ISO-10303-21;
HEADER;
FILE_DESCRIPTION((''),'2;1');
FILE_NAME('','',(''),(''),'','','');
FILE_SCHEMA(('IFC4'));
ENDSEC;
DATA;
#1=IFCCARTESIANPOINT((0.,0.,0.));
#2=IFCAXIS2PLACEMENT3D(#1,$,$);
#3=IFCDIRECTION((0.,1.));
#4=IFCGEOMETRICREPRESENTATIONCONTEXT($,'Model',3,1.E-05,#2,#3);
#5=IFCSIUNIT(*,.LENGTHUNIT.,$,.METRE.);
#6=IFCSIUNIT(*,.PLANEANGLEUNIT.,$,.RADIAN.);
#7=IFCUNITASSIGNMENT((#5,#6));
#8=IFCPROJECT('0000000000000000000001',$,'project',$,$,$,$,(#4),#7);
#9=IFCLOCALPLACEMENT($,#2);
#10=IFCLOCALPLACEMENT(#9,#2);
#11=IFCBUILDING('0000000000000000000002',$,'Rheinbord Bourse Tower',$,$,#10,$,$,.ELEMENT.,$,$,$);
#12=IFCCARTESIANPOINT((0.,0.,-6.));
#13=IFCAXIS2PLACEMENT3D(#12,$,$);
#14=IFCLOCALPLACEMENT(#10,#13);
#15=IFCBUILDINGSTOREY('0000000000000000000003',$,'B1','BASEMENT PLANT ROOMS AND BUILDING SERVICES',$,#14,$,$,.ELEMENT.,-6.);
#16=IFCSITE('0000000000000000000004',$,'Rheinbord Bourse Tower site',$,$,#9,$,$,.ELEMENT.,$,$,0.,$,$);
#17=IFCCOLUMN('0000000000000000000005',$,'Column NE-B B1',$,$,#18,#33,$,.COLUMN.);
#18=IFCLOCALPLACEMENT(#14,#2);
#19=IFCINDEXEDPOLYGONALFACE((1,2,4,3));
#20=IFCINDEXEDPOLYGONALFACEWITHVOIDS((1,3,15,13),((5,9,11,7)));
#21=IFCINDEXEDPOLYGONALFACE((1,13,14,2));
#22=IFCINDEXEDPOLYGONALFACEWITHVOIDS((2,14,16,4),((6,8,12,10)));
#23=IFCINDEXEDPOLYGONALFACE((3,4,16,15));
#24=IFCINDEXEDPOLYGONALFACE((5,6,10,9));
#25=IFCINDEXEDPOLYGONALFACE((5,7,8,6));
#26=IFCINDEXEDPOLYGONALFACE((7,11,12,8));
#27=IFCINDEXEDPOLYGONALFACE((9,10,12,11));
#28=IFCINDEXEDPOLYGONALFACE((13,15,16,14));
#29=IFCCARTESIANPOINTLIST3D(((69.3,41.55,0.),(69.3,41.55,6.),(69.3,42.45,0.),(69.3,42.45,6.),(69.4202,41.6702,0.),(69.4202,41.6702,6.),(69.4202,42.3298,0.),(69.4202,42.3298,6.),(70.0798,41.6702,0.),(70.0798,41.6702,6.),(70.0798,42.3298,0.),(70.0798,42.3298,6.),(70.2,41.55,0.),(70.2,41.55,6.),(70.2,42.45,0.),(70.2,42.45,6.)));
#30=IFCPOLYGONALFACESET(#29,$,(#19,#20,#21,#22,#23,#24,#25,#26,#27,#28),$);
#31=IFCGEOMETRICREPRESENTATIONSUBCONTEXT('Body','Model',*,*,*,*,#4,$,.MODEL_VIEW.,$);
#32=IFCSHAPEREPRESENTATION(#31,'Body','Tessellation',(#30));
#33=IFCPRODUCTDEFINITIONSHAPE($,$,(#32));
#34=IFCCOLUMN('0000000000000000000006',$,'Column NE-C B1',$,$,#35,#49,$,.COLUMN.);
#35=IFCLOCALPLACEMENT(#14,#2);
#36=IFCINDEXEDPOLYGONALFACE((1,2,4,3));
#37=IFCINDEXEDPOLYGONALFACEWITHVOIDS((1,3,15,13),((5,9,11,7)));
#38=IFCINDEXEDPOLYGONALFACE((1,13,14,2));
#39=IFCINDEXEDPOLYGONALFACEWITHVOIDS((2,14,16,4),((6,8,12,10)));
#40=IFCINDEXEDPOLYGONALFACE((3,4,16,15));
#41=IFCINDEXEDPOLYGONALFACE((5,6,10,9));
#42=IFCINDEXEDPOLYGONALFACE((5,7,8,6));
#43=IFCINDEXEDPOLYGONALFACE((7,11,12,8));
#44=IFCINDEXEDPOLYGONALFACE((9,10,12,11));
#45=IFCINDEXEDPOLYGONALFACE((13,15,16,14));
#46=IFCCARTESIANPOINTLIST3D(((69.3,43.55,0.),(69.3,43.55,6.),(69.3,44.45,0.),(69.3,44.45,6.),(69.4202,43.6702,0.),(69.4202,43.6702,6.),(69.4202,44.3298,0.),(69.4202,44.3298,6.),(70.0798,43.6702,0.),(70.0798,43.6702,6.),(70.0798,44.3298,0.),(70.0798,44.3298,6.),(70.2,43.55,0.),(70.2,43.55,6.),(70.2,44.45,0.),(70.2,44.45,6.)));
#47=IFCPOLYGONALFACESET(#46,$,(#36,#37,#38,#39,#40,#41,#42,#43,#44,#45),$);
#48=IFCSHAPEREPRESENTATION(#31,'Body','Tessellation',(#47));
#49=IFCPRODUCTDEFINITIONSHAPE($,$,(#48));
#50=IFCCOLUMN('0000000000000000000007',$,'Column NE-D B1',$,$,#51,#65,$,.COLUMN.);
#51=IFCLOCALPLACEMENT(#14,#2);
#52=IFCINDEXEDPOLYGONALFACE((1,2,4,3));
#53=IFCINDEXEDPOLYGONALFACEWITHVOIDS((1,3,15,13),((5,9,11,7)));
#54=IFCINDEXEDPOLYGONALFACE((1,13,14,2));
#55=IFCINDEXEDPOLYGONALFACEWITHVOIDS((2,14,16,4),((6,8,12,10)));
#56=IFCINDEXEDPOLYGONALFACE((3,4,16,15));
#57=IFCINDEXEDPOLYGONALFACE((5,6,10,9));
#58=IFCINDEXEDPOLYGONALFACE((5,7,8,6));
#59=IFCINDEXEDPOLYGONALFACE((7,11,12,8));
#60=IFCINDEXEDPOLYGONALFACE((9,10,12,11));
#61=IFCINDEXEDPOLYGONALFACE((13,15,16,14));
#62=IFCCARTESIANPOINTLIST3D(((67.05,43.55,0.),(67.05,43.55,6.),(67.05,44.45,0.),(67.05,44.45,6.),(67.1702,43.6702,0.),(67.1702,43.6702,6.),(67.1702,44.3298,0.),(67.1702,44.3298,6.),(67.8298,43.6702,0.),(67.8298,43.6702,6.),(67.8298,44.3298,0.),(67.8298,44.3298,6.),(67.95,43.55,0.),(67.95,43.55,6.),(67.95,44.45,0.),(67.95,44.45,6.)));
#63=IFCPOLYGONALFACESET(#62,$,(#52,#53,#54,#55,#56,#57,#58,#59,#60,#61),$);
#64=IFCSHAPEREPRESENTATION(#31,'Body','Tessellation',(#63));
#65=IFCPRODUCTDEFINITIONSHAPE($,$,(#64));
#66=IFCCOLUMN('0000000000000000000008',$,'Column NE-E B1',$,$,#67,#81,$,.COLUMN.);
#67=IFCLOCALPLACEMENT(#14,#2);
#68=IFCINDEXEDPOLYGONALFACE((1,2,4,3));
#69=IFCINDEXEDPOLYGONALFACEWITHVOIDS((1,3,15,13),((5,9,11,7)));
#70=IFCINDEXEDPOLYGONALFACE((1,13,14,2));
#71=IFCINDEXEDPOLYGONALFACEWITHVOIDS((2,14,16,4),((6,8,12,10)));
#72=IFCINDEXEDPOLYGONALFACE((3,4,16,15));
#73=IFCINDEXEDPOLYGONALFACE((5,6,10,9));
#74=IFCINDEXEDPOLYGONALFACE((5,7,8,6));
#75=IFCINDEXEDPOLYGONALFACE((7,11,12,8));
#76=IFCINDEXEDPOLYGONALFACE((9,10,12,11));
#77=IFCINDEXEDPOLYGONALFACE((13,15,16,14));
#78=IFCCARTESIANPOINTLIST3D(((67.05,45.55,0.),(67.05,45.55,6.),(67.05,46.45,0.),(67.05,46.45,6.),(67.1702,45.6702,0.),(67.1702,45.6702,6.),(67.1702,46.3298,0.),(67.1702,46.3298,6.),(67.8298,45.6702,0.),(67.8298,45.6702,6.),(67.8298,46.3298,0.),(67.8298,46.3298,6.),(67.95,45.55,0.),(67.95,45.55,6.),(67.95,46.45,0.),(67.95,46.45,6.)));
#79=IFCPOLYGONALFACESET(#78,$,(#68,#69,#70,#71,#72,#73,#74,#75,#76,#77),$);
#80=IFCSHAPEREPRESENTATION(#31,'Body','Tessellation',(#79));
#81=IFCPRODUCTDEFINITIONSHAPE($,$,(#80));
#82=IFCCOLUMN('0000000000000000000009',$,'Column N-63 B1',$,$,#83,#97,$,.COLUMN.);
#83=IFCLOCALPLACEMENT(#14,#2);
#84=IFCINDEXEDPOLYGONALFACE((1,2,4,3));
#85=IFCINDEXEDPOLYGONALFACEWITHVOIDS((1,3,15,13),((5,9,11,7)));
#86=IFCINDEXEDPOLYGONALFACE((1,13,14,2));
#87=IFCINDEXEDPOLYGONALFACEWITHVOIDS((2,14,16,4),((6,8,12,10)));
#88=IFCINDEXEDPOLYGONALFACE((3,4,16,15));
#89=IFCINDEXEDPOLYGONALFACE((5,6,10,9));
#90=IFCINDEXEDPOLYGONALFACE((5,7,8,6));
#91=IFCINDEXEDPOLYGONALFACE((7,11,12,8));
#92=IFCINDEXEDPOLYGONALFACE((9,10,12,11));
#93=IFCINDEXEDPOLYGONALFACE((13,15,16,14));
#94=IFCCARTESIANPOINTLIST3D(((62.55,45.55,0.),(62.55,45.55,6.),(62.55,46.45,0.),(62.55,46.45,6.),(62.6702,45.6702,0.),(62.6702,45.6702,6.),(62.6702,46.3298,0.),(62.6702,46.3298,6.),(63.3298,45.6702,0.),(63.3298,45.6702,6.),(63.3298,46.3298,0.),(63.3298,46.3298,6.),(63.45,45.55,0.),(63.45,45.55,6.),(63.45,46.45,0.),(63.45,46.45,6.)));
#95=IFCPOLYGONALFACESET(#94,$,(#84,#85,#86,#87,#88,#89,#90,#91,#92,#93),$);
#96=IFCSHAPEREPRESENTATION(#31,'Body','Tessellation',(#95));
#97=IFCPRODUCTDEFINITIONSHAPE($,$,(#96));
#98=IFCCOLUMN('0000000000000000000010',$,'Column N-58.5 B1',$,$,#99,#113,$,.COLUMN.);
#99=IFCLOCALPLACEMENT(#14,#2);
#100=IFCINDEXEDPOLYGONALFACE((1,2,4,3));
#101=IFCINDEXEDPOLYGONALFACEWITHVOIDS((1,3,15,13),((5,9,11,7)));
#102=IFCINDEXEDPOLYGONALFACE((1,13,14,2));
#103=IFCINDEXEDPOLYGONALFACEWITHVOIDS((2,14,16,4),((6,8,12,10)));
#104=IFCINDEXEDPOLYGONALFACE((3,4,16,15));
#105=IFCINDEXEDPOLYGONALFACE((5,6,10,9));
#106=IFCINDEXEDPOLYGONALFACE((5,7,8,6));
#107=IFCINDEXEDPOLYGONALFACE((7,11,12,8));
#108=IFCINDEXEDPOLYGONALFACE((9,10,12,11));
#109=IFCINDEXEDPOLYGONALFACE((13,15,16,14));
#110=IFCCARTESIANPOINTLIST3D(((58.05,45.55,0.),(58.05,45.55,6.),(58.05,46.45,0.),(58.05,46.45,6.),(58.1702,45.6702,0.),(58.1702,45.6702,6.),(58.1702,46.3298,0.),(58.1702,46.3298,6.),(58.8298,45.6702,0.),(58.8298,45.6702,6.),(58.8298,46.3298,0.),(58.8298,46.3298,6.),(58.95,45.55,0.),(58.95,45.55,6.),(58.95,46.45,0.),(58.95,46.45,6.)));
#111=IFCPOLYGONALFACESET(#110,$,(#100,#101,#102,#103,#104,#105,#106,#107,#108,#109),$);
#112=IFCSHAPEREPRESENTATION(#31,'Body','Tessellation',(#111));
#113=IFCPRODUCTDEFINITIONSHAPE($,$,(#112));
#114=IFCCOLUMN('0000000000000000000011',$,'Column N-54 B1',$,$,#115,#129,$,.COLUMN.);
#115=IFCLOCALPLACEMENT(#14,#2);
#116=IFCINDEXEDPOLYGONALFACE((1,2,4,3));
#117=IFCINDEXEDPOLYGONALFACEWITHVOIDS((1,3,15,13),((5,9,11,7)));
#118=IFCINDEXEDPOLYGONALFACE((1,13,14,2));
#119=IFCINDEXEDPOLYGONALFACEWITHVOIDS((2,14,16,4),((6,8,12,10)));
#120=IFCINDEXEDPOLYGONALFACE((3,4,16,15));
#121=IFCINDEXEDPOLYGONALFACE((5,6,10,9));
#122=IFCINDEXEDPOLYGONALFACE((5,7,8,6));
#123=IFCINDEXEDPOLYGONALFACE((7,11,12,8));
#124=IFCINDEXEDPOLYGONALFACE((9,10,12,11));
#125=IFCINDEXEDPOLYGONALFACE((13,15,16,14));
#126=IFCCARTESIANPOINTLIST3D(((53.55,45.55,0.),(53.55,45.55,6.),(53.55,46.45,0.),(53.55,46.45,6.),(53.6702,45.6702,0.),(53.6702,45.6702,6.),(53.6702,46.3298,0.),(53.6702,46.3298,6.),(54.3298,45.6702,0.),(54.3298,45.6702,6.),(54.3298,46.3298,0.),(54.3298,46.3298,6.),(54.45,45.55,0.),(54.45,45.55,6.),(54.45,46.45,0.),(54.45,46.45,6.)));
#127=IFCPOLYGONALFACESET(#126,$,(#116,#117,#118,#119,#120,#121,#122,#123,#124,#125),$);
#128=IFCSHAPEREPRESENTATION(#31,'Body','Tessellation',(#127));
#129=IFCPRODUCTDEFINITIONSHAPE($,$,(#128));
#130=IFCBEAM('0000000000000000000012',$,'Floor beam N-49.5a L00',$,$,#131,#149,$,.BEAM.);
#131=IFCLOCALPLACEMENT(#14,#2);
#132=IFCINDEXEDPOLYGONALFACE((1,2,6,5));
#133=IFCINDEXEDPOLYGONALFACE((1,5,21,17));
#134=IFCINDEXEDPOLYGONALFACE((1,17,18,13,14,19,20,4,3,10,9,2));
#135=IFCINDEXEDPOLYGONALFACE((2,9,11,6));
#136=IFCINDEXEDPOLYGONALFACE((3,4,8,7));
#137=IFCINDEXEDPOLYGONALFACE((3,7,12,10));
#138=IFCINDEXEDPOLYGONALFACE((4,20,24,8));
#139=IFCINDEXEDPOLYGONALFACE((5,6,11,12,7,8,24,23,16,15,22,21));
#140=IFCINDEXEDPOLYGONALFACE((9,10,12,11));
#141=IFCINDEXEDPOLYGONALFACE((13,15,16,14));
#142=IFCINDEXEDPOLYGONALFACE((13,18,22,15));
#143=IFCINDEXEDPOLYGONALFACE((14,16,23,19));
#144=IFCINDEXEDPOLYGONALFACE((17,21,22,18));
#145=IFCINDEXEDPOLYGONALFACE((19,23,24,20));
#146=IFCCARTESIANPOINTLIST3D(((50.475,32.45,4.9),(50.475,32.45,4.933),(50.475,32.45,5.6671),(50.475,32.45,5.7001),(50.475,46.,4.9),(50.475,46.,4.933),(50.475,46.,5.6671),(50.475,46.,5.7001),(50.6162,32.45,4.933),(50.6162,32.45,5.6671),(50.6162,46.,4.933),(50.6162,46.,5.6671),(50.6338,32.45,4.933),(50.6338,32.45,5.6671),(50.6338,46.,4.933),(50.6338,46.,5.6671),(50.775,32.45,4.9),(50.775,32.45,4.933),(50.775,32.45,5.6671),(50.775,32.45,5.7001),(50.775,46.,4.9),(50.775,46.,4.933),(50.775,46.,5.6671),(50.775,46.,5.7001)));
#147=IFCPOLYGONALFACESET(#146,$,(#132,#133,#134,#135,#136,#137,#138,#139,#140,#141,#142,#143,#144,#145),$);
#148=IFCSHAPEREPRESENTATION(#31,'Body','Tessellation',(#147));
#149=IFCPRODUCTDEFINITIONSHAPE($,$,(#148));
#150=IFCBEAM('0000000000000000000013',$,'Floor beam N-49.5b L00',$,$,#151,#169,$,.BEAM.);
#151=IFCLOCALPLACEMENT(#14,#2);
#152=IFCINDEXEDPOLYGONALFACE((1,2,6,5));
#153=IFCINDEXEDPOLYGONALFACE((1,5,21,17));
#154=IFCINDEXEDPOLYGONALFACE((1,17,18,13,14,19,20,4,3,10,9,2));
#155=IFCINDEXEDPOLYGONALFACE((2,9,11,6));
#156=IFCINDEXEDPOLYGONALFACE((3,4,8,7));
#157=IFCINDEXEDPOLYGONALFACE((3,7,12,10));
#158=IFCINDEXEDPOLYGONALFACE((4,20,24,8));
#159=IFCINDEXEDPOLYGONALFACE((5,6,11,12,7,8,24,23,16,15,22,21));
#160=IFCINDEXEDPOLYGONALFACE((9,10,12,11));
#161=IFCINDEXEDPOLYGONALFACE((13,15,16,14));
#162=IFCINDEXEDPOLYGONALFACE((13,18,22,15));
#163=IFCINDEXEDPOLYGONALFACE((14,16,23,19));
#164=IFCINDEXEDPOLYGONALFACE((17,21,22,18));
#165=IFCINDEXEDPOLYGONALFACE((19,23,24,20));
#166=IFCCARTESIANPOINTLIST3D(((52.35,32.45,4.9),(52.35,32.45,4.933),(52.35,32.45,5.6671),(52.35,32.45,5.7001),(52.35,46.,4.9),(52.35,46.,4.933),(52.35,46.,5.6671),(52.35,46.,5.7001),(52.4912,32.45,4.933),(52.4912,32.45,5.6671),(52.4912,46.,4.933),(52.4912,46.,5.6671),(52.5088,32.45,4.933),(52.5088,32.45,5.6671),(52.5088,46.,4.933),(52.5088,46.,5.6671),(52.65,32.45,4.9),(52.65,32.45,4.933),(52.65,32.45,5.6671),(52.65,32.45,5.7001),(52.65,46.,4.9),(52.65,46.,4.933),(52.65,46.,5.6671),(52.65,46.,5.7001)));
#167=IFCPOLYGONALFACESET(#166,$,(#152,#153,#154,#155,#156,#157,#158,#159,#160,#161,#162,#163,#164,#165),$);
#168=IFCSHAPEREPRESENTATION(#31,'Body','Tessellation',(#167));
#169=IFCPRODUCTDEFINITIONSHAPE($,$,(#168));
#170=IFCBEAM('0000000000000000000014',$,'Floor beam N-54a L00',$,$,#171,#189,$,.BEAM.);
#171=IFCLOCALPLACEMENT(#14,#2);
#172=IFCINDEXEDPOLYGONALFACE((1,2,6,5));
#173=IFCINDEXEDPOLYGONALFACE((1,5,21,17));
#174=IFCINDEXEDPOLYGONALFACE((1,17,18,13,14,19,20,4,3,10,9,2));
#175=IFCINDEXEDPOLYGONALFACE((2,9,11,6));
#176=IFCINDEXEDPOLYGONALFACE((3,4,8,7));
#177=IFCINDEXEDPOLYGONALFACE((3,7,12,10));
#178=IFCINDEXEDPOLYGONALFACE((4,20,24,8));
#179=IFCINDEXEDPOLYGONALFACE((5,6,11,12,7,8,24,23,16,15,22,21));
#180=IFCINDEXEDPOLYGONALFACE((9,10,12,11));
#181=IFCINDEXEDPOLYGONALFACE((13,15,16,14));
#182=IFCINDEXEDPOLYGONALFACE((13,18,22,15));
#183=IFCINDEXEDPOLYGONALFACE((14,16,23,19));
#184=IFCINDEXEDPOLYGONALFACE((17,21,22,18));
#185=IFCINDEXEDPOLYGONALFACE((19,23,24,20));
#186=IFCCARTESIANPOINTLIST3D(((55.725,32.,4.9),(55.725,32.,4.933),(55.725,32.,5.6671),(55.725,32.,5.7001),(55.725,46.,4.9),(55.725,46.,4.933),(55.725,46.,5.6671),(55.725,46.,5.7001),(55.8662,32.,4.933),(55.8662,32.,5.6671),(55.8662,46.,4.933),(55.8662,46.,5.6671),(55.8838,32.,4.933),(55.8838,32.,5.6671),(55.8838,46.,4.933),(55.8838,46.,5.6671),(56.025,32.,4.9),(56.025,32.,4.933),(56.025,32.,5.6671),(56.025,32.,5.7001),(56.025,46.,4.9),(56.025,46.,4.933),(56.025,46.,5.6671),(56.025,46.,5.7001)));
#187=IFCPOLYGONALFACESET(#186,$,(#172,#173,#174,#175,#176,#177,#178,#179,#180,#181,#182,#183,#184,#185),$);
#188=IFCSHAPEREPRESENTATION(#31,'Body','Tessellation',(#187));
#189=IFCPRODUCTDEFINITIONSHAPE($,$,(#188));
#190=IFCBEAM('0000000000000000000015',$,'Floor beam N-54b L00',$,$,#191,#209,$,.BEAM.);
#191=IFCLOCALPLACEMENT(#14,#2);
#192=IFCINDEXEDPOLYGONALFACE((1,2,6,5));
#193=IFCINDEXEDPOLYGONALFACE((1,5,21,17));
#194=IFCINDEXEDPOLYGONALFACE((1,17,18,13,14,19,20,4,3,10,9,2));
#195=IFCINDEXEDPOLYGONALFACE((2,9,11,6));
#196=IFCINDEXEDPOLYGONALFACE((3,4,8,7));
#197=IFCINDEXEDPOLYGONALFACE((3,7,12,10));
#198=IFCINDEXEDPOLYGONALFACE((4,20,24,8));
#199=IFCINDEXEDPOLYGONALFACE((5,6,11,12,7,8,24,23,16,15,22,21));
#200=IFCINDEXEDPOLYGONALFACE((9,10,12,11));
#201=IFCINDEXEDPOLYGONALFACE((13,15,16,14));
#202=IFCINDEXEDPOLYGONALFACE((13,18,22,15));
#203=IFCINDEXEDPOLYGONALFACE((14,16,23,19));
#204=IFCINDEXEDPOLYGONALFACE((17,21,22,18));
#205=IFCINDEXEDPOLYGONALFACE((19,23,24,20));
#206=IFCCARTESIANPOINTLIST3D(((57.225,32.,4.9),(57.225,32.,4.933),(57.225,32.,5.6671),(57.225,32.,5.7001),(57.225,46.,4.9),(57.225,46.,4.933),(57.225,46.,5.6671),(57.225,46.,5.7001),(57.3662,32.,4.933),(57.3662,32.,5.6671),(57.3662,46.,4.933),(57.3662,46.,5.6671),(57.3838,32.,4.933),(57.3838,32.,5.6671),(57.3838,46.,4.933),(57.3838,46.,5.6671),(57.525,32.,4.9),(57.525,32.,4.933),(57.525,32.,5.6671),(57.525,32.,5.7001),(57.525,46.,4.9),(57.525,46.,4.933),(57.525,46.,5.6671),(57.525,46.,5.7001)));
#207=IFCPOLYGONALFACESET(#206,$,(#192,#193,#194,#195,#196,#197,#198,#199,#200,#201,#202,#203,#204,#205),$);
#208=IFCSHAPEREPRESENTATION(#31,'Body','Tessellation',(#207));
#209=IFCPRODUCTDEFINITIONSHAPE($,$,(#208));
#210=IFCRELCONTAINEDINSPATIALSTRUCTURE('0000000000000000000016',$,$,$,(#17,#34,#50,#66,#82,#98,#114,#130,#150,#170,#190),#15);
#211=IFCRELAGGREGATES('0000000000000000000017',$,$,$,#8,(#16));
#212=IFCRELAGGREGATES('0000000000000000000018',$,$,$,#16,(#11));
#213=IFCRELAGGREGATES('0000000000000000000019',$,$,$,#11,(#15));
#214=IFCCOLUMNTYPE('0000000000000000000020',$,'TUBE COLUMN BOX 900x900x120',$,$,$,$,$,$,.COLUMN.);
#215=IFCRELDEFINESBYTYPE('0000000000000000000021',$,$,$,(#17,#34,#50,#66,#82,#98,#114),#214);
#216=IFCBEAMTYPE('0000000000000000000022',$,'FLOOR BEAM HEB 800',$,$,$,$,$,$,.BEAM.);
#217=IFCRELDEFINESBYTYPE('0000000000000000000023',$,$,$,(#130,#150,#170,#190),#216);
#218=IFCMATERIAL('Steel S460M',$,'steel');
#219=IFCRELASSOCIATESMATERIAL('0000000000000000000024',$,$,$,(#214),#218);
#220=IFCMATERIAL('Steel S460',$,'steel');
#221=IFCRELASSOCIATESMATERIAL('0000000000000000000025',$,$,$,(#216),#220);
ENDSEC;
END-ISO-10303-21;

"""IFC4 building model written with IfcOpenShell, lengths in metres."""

from ifc_helpers import new_model, si_unit, direction, frame, origin, origin_2d, place, context, subcontext, project, spatial, hollow_rectangle, i_section, extrude, material, material_profile, profile_set, type_object, element, save


model = new_model("IFC4")

# Units and contexts
model_context = context("Model", 3, precision=1e-05, world=origin(), true_north=direction((0.0, 1.0)))
body_context = subcontext(model_context, "Body", "Model", "MODEL_VIEW")
ifc_project = project(units=[si_unit("LENGTHUNIT", "METRE"), si_unit("PLANEANGLEUNIT", "RADIAN")], contexts=[model_context])

# Site, building, storey
site_placement = place(None, origin())
site = spatial("IfcSite", under=ifc_project, at=site_placement, Name="Rheinbord Bourse Tower site", CompositionType="ELEMENT", RefElevation=0.0)
building_placement = place(site_placement, origin())
building = spatial("IfcBuilding", under=site, at=building_placement, Name="Rheinbord Bourse Tower", CompositionType="ELEMENT")
storey_placement = place(building_placement, frame((0.0, 0.0, -6.0)))
storey = spatial("IfcBuildingStorey", under=building, at=storey_placement, Name="B1", Description="BASEMENT PLANT ROOMS AND BUILDING SERVICES", CompositionType="ELEMENT", Elevation=-6.0)

# Columns
ifc_material_1 = material(Name="Steel S460M", Category="steel")
ifc_material_profile_1 = material_profile(ifc_material_1, hollow_rectangle(XDim=0.8999, YDim=0.8999, WallThickness=0.1201, at=origin_2d()), Name="BOX 900x900x120")
ifc_profile_set_1 = profile_set([ifc_material_profile_1], Name="Steel S460M")
column_type = type_object("IfcColumnType", Name="TUBE COLUMN BOX 900x900x120", PredefinedType="COLUMN", material=ifc_profile_set_1)
for number, where, z_axis, x_axis, name in (
    (1, (69.75, 42.0, 0.0), (0.0, 0.0, 1.0), (1.0, 0.0, 0.0), "Column NE-B B1"),
    (2, (69.75, 44.0, 0.0), (0.0, 0.0, 1.0), (1.0, 0.0, 0.0), "Column NE-C B1"),
    (3, (67.5, 44.0, 0.0), (0.0, 0.0, 1.0), (0.0, 1.0, 0.0), "Column NE-D B1"),
    (4, (67.5, 46.0, 0.0), (0.0, 0.0, 1.0), (0.0, 1.0, 0.0), "Column NE-E B1"),
    (5, (63.0, 46.0, 0.0), (0.0, 0.0, 1.0), (0.0, 1.0, 0.0), "Column N-63 B1"),
    (6, (58.5, 46.0, 0.0), (0.0, 0.0, 1.0), (0.0, 1.0, 0.0), "Column N-58.5 B1"),
    (7, (54.0, 46.0, 0.0), (0.0, 0.0, 1.0), (0.0, 1.0, 0.0), "Column N-54 B1"),
):
    element("IfcColumn", number, at=place(storey_placement, frame(where, z_axis=z_axis, x_axis=x_axis)), inside=storey, type_object=column_type, Name=name, PredefinedType="COLUMN", context=body_context, shape_type="SweptSolid", body=[
        extrude(hollow_rectangle(XDim=0.8999, YDim=0.8999, WallThickness=0.1201, at=origin_2d()), origin(), (0.0, 0.0, 1.0), 6.0),
    ])

# Beams
ifc_material_2 = material(Name="Steel S460", Category="steel")
ifc_material_profile_2 = material_profile(ifc_material_2, i_section(OverallWidth=0.3, OverallDepth=0.8, WebThickness=0.0176, FlangeThickness=0.033, at=origin_2d()), Name="HEB 800")
ifc_profile_set_2 = profile_set([ifc_material_profile_2], Name="Steel S460")
beam_type_1 = type_object("IfcBeamType", Name="FLOOR BEAM HEB 800", PredefinedType="BEAM", material=ifc_profile_set_2)
for number, where, z_axis, x_axis, name in (
    (8, (50.625, 46.0, 5.3), (0.0, -1.0, 0.0), (1.0, 0.0, 0.0), "Floor beam N-49.5a L00"),
    (9, (52.5, 46.0, 5.3), (0.0, -1.0, 0.0), (1.0, 0.0, 0.0), "Floor beam N-49.5b L00"),
):
    element("IfcBeam", number, at=place(storey_placement, frame(where, z_axis=z_axis, x_axis=x_axis)), inside=storey, type_object=beam_type_1, Name=name, PredefinedType="BEAM", context=body_context, shape_type="SweptSolid", body=[
        extrude(i_section(OverallWidth=0.3, OverallDepth=0.8, WebThickness=0.0176, FlangeThickness=0.033, at=origin_2d()), origin(), (0.0, 0.0, 1.0), 13.55),
    ])
for number, where, z_axis, x_axis, name in (
    (10, (55.875, 46.0, 5.3), (0.0, -1.0, 0.0), (1.0, 0.0, 0.0), "Floor beam N-54a L00"),
    (11, (57.375, 46.0, 5.3), (0.0, -1.0, 0.0), (1.0, 0.0, 0.0), "Floor beam N-54b L00"),
):
    element("IfcBeam", number, at=place(storey_placement, frame(where, z_axis=z_axis, x_axis=x_axis)), inside=storey, type_object=beam_type_1, Name=name, PredefinedType="BEAM", context=body_context, shape_type="SweptSolid", body=[
        extrude(i_section(OverallWidth=0.3, OverallDepth=0.8, WebThickness=0.0176, FlangeThickness=0.033, at=origin_2d()), origin(), (0.0, 0.0, 1.0), 14.0),
    ])

save(model, "model.ifc")
